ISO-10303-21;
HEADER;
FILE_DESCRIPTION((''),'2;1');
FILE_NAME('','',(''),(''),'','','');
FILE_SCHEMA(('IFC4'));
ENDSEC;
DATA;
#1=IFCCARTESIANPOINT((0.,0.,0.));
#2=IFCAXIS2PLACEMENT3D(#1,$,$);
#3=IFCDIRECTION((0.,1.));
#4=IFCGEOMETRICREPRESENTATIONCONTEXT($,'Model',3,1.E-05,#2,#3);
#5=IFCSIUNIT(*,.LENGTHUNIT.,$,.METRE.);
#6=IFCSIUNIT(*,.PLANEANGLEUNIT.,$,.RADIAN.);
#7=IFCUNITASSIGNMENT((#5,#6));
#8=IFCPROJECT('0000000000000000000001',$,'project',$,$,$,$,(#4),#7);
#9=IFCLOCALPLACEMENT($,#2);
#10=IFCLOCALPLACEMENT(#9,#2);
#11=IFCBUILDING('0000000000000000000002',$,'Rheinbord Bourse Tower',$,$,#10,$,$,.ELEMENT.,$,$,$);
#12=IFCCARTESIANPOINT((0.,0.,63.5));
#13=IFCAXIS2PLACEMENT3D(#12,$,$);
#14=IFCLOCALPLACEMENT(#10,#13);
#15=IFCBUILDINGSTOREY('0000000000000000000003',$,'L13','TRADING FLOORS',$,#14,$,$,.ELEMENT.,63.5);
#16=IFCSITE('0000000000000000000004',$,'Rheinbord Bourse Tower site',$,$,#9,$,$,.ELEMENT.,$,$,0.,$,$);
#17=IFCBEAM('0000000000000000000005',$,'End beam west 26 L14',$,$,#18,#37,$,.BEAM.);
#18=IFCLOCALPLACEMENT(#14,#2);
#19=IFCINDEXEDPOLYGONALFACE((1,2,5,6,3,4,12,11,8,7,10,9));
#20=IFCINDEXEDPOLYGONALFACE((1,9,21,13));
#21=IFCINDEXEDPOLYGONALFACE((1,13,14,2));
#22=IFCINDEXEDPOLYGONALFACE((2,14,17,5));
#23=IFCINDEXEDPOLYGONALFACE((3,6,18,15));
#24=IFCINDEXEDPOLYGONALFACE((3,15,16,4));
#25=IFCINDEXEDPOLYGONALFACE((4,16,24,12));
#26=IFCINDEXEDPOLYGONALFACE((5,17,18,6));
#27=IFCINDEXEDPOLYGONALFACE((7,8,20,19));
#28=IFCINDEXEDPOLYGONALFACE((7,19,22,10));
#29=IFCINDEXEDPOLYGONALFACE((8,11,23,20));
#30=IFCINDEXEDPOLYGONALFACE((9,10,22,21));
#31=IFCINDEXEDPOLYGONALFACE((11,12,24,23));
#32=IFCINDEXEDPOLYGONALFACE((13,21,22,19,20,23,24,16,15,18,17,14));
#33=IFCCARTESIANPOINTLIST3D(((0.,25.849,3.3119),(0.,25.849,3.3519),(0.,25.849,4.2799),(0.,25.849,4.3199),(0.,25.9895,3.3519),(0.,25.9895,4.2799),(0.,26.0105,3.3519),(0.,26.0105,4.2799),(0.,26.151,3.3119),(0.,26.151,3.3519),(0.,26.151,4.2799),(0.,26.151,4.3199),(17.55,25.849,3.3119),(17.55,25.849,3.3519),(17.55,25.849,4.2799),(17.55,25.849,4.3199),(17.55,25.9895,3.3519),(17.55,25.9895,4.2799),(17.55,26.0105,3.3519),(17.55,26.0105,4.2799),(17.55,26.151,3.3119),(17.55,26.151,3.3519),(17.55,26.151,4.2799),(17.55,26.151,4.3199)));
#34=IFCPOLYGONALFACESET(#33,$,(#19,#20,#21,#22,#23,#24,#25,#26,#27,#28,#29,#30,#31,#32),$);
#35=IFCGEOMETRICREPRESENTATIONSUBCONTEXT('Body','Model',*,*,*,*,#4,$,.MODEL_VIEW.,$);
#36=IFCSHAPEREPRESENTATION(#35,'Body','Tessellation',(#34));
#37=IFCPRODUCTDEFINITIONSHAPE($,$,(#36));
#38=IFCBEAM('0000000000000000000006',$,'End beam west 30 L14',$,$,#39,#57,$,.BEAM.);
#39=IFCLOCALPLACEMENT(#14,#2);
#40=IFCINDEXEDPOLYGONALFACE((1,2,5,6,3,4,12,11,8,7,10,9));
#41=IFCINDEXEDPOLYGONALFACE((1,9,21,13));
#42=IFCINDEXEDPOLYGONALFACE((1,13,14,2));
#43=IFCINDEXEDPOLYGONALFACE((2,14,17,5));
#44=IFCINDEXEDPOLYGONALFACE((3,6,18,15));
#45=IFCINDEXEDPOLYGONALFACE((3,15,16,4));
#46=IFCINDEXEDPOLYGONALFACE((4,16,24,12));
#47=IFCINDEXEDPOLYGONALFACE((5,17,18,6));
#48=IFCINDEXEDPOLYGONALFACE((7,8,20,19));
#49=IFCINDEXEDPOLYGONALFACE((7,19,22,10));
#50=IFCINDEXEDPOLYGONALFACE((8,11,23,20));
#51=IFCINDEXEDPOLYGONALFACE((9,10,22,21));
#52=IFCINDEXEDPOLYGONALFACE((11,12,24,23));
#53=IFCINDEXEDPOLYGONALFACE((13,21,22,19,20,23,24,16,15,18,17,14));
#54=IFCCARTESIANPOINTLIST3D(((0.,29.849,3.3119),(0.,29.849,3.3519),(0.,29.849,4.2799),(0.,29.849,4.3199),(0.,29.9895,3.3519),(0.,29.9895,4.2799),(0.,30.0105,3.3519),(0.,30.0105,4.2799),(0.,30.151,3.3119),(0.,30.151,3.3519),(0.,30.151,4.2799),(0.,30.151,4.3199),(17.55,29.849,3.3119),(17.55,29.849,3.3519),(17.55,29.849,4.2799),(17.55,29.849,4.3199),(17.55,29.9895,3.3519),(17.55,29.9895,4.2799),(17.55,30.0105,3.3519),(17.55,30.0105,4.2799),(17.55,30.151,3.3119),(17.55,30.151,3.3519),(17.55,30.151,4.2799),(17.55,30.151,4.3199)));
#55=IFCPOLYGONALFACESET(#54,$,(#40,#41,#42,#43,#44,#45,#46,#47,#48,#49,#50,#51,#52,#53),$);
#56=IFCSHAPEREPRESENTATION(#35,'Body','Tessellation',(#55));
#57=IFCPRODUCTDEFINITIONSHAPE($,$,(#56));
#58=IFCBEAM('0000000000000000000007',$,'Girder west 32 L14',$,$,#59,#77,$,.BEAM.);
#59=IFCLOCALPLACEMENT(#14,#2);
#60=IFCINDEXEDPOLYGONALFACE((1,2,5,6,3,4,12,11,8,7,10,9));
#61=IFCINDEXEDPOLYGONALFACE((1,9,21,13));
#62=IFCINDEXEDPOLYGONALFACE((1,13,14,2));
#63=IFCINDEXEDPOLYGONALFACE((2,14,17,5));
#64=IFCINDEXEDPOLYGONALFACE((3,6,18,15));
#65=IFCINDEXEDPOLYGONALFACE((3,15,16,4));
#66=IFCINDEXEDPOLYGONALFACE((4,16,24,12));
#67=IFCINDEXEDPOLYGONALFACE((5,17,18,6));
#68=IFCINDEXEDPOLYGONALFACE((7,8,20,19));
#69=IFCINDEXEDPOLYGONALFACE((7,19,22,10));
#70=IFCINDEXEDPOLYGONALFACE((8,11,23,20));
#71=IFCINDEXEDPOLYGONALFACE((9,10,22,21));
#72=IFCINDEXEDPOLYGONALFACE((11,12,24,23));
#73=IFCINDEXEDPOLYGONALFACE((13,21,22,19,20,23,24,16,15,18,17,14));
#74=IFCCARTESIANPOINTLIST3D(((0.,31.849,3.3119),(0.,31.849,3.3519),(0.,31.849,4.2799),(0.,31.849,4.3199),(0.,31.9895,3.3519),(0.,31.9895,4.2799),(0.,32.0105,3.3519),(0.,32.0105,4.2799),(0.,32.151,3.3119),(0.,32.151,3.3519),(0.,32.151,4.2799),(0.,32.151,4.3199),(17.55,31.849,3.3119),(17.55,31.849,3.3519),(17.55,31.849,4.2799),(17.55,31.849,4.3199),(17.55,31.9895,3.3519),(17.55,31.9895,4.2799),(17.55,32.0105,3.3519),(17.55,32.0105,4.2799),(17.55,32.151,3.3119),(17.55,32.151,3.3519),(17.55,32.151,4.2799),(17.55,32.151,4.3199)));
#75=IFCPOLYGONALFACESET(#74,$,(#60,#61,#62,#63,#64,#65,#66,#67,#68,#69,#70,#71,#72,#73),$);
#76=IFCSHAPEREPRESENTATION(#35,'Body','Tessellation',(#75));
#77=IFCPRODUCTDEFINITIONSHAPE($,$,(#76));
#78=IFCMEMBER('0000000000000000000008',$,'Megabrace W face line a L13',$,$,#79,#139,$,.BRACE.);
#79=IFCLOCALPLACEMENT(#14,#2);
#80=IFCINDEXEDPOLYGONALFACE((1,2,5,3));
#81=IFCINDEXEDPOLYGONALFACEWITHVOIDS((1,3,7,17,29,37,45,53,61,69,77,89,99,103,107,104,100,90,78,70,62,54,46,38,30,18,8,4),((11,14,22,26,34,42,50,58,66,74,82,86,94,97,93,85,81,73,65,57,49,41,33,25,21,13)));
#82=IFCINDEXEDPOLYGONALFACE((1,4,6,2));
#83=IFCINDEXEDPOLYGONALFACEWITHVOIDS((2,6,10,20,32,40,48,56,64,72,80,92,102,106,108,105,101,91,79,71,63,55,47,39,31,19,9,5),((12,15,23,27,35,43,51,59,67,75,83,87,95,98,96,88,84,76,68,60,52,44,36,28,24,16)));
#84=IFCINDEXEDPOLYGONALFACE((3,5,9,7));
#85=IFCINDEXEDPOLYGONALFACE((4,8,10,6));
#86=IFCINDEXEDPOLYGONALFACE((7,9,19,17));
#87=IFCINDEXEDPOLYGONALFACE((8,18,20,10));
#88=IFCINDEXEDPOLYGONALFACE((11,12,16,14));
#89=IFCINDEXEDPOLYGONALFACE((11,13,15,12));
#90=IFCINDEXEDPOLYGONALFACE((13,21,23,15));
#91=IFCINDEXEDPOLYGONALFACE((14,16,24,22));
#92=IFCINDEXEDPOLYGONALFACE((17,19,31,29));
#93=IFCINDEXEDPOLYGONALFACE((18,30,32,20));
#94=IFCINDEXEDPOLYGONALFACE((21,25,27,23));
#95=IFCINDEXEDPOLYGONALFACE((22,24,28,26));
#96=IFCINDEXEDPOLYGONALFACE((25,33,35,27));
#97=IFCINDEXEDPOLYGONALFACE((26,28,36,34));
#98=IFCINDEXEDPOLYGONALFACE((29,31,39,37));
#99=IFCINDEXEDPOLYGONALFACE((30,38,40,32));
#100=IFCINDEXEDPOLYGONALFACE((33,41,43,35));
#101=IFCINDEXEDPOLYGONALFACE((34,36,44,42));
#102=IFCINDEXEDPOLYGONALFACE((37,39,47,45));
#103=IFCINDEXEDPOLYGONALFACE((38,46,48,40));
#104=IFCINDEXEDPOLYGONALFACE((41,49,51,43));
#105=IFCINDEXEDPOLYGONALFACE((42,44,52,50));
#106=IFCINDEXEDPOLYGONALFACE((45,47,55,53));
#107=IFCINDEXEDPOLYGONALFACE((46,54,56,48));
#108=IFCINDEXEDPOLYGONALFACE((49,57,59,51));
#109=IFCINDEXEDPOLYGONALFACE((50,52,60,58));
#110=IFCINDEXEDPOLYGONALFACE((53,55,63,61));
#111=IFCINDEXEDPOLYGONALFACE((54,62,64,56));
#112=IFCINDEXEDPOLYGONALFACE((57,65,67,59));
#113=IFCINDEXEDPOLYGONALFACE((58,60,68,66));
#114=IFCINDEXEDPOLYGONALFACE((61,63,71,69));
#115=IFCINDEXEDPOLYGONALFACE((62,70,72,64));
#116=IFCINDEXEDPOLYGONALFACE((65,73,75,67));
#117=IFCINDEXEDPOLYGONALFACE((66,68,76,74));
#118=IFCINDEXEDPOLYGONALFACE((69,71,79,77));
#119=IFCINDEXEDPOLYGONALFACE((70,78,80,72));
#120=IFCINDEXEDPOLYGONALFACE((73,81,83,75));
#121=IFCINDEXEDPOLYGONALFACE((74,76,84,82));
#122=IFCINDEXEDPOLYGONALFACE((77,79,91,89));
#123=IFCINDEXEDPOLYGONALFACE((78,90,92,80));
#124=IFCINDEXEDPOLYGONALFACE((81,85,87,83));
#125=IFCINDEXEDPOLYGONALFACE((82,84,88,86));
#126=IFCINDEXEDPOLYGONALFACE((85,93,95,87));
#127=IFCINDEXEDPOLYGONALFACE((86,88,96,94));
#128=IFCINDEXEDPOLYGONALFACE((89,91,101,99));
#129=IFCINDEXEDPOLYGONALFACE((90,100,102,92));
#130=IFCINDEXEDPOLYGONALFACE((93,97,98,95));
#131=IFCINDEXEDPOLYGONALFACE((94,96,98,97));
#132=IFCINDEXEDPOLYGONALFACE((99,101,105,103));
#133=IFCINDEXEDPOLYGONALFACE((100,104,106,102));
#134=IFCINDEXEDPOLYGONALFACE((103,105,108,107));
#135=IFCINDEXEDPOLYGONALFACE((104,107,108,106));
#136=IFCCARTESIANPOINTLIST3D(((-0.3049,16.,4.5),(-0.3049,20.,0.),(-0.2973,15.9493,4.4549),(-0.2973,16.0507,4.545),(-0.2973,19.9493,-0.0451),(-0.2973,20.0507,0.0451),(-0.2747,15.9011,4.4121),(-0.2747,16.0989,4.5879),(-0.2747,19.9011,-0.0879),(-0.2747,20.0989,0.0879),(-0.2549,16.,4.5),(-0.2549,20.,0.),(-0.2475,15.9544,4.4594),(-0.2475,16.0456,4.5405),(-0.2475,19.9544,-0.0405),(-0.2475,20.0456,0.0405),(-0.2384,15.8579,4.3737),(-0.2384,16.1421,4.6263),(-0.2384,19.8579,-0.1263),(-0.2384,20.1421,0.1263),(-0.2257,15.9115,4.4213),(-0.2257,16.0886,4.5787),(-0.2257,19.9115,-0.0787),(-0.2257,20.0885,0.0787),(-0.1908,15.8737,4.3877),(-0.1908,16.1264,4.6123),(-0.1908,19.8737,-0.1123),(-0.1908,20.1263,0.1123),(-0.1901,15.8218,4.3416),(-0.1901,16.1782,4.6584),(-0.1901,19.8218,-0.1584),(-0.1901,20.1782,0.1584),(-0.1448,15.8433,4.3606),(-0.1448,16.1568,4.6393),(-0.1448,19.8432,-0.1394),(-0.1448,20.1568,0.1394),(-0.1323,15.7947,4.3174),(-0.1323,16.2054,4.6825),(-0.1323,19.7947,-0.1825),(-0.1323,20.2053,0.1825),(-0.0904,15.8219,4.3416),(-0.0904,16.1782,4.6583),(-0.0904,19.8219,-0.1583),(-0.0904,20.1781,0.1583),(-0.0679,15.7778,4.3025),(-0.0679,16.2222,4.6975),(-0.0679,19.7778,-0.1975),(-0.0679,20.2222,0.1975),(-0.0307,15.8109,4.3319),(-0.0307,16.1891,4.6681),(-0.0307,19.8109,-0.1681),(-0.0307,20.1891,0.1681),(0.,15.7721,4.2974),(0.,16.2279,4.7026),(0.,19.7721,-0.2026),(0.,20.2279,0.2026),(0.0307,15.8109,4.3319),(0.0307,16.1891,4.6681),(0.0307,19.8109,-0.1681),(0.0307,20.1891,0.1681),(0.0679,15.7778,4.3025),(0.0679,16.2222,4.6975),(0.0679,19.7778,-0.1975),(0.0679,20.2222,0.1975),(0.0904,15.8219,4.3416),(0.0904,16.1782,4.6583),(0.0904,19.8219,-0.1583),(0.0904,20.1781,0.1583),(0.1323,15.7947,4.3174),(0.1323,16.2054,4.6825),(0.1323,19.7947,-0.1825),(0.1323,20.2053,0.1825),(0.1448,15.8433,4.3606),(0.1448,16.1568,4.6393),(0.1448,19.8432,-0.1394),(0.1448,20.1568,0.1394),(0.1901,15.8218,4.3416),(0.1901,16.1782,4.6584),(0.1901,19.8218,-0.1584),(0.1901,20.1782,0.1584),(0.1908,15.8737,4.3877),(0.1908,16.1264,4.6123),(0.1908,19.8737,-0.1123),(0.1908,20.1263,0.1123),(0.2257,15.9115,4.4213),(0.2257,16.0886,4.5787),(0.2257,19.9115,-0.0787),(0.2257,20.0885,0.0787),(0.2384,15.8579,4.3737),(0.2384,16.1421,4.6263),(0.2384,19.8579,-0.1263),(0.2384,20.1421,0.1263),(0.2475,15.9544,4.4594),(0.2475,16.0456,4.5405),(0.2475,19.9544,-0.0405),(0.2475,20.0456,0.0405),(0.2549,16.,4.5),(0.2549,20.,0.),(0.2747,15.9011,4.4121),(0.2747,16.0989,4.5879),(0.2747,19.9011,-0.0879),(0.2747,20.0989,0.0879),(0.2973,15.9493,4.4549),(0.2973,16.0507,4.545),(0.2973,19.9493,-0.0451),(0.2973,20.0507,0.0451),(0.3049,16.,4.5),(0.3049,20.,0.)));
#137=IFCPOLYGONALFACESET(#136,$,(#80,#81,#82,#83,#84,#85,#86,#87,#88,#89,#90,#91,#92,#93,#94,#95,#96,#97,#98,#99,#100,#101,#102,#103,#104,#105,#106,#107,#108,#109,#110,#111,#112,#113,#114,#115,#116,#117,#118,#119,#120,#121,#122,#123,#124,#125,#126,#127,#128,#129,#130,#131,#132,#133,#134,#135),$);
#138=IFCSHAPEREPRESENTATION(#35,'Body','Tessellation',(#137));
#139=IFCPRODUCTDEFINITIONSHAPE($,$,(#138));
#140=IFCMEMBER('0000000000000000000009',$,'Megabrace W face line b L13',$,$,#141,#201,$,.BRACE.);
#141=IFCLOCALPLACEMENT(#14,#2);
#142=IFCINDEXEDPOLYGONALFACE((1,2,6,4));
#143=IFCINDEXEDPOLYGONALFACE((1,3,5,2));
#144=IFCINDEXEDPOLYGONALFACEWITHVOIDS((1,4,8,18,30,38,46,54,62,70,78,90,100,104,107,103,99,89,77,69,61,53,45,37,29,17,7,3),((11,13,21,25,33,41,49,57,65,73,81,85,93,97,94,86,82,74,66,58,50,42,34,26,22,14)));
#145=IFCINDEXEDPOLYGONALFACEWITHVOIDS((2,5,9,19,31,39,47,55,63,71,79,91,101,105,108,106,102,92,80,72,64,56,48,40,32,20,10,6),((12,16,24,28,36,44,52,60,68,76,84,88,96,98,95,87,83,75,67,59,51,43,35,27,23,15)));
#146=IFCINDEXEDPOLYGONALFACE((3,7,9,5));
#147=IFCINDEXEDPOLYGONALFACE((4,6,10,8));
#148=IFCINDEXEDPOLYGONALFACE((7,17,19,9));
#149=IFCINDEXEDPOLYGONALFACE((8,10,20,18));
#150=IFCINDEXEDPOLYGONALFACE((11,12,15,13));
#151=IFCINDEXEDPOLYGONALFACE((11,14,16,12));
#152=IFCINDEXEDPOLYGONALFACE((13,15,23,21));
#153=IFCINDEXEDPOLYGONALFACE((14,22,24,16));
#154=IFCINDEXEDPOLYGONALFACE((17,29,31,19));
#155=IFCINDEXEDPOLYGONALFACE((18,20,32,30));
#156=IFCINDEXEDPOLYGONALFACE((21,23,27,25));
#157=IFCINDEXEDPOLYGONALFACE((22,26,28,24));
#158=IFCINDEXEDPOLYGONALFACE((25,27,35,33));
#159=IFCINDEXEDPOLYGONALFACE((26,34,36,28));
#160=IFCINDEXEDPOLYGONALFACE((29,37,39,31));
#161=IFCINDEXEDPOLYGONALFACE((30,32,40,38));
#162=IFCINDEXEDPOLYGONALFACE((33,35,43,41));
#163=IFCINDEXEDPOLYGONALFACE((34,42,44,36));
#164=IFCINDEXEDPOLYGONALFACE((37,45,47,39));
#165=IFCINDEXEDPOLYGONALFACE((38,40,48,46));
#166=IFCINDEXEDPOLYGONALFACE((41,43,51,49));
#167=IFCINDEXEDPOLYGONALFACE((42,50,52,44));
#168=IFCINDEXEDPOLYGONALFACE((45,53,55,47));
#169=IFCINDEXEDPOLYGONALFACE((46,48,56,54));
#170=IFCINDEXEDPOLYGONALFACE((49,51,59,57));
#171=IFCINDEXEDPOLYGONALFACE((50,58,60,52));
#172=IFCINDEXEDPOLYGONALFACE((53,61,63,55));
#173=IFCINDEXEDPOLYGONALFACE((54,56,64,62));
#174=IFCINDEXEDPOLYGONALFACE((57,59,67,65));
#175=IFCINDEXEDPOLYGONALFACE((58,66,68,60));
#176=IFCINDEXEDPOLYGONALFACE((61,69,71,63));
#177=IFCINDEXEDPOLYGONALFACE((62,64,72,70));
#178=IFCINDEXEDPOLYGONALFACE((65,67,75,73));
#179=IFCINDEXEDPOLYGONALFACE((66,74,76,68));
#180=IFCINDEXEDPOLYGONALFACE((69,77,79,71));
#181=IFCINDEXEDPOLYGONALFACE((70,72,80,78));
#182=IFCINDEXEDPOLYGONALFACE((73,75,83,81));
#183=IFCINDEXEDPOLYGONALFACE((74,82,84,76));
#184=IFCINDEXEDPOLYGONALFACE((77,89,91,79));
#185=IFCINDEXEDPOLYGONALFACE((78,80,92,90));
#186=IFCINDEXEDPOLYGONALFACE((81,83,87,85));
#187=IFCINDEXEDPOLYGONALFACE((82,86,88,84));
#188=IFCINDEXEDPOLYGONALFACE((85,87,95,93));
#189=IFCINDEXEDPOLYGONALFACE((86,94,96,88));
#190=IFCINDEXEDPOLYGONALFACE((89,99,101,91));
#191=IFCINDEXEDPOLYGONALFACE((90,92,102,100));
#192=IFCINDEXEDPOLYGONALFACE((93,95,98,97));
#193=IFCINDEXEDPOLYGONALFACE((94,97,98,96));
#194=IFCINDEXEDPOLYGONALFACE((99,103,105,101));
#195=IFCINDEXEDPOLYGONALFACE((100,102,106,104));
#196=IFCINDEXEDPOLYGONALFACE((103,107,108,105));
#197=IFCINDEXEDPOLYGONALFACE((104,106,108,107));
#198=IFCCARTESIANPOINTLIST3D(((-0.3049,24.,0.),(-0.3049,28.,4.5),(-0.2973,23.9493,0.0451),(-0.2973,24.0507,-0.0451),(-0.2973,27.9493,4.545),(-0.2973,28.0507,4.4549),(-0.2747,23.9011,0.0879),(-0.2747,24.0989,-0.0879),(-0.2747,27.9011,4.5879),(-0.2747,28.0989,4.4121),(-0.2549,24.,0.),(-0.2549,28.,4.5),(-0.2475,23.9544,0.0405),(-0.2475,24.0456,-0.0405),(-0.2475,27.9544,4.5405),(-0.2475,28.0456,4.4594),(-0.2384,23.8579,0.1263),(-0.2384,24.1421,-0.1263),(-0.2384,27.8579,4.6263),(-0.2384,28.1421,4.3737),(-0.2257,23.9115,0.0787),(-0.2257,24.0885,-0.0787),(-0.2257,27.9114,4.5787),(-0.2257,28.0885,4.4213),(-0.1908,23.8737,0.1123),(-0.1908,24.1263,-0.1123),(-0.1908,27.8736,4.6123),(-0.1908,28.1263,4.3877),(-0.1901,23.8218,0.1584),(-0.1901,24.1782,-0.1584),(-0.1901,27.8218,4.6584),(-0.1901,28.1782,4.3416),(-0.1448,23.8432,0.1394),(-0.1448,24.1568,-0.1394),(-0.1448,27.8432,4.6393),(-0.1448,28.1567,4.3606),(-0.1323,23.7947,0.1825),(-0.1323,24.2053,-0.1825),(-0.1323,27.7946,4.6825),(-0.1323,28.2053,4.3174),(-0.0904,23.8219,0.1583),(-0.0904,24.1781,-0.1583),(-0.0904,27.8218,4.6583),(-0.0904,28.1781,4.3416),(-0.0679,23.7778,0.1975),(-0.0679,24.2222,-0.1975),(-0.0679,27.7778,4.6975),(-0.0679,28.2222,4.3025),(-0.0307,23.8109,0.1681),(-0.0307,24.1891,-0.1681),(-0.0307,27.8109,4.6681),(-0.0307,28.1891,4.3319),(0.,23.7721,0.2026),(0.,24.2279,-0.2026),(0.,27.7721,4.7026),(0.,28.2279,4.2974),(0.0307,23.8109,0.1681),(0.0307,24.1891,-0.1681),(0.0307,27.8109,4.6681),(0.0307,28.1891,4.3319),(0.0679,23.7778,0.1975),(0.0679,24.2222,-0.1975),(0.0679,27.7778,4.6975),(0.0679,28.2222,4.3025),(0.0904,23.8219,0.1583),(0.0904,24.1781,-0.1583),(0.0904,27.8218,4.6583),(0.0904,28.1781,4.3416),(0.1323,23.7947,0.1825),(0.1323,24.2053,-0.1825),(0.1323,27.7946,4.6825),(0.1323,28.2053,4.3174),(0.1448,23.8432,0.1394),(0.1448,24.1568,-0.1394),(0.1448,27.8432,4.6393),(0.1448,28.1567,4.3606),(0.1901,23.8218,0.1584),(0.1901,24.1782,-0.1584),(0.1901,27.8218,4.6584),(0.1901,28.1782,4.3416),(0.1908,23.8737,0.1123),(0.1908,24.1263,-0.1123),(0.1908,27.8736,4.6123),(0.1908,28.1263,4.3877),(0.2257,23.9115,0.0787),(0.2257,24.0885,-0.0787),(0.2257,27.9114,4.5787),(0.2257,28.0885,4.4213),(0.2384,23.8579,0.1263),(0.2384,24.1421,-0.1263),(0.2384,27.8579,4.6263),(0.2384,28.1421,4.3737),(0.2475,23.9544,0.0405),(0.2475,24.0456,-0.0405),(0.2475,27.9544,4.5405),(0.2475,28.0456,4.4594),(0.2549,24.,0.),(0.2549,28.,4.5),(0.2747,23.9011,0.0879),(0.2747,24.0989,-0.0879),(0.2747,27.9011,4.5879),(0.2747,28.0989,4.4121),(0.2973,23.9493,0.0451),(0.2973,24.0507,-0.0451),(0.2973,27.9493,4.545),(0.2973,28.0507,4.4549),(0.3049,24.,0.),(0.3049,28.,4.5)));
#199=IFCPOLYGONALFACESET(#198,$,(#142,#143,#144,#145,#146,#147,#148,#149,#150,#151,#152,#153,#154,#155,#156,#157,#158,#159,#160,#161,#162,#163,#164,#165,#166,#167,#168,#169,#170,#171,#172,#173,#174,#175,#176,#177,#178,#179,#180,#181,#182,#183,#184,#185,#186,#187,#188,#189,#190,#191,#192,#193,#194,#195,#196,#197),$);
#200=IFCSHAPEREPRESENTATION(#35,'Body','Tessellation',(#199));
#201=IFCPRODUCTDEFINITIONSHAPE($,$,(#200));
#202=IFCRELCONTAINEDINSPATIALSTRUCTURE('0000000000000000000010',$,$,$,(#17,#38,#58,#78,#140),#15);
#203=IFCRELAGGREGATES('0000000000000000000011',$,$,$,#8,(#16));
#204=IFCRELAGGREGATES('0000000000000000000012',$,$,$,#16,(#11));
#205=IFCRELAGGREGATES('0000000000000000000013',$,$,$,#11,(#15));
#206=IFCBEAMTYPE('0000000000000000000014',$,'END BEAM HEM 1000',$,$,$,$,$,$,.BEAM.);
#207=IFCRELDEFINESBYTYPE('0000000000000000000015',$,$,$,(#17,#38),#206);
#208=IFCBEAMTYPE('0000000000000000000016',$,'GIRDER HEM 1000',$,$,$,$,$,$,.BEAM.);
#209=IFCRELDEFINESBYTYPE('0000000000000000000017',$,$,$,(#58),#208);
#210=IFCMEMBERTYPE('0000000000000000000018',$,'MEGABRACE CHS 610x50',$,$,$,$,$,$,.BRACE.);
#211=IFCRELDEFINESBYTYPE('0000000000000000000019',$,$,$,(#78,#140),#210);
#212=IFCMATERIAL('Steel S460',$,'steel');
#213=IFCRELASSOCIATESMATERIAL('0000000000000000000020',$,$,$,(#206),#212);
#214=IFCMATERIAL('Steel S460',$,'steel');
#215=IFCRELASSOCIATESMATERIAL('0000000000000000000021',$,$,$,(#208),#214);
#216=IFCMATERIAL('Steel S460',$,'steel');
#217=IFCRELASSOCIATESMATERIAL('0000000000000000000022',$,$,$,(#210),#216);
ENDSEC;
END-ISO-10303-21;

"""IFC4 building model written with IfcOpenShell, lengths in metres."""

from ifc_helpers import new_model, si_unit, direction, frame, origin, origin_2d, place, context, subcontext, project, spatial, hollow_circle, i_section, extrude, material, material_profile, profile_set, type_object, element, save


model = new_model("IFC4")

# Units and contexts
model_context = context("Model", 3, precision=1e-05, world=origin(), true_north=direction((0.0, 1.0)))
body_context = subcontext(model_context, "Body", "Model", "MODEL_VIEW")
ifc_project = project(units=[si_unit("LENGTHUNIT", "METRE"), si_unit("PLANEANGLEUNIT", "RADIAN")], contexts=[model_context])

# Site, building, storey
site_placement = place(None, origin())
site = spatial("IfcSite", under=ifc_project, at=site_placement, Name="Rheinbord Bourse Tower site", CompositionType="ELEMENT", RefElevation=0.0)
building_placement = place(site_placement, origin())
building = spatial("IfcBuilding", under=site, at=building_placement, Name="Rheinbord Bourse Tower", CompositionType="ELEMENT")
storey_placement = place(building_placement, frame((0.0, 0.0, 63.5)))
storey = spatial("IfcBuildingStorey", under=building, at=storey_placement, Name="L13", Description="TRADING FLOORS", CompositionType="ELEMENT", Elevation=63.5)

# Beams
ifc_material_1 = material(Name="Steel S460", Category="steel")
ifc_material_profile_1 = material_profile(ifc_material_1, i_section(OverallWidth=0.302, OverallDepth=1.0081, WebThickness=0.021, FlangeThickness=0.04, at=origin_2d()), Name="HEM 1000")
ifc_profile_set_1 = profile_set([ifc_material_profile_1], Name="Steel S460")
beam_type_1 = type_object("IfcBeamType", Name="END BEAM HEM 1000", PredefinedType="BEAM", material=ifc_profile_set_1)
for number, where, z_axis, x_axis, name in (
    (1, (0.0, 26.0, 3.8159), (1.0, 0.0, 0.0), (0.0, 1.0, 0.0), "End beam west 26 L14"),
    (2, (0.0, 30.0, 3.8159), (1.0, 0.0, 0.0), (0.0, 1.0, 0.0), "End beam west 30 L14"),
):
    element("IfcBeam", number, at=place(storey_placement, frame(where, z_axis=z_axis, x_axis=x_axis)), inside=storey, type_object=beam_type_1, Name=name, PredefinedType="BEAM", context=body_context, shape_type="SweptSolid", body=[
        extrude(i_section(OverallWidth=0.302, OverallDepth=1.0081, WebThickness=0.021, FlangeThickness=0.04, at=origin_2d()), origin(), (0.0, 0.0, 1.0), 17.55),
    ])
ifc_material_2 = material(Name="Steel S460", Category="steel")
ifc_material_profile_2 = material_profile(ifc_material_2, i_section(OverallWidth=0.302, OverallDepth=1.0081, WebThickness=0.021, FlangeThickness=0.04, at=origin_2d()), Name="HEM 1000")
ifc_profile_set_2 = profile_set([ifc_material_profile_2], Name="Steel S460")
beam_type_2 = type_object("IfcBeamType", Name="GIRDER HEM 1000", PredefinedType="BEAM", material=ifc_profile_set_2)
beam_placement = place(storey_placement, frame((0.0, 32.0, 3.8159), z_axis=(1.0, 0.0, 0.0), x_axis=(0.0, 1.0, 0.0)))
element("IfcBeam", 3, at=beam_placement, inside=storey, type_object=beam_type_2, Name="Girder west 32 L14", PredefinedType="BEAM", context=body_context, shape_type="SweptSolid", body=[
    extrude(i_section(OverallWidth=0.302, OverallDepth=1.0081, WebThickness=0.021, FlangeThickness=0.04, at=origin_2d()), origin(), (0.0, 0.0, 1.0), 17.55),
])

# Members
ifc_material_3 = material(Name="Steel S460", Category="steel")
ifc_material_profile_3 = material_profile(ifc_material_3, hollow_circle(Radius=0.3049, WallThickness=0.05, at=origin_2d()), Name="CHS 610x50")
ifc_profile_set_3 = profile_set([ifc_material_profile_3], Name="Steel S460")
member_type_1 = type_object("IfcMemberType", Name="MEGABRACE CHS 610x50", PredefinedType="BRACE", material=ifc_profile_set_3)
for number, where, z_axis, x_axis, name in (
    (4, (0.0, 20.0, 0.0), (0.0, -0.664364, 0.747409), (1.0, 0.0, 0.0), "Megabrace W face line a L13"),
    (5, (0.0, 24.0, 0.0), (0.0, 0.664364, 0.747409), (-1.0, 0.0, 0.0), "Megabrace W face line b L13"),
):
    element("IfcMember", number, at=place(storey_placement, frame(where, z_axis=z_axis, x_axis=x_axis)), inside=storey, type_object=member_type_1, Name=name, PredefinedType="BRACE", context=body_context, shape_type="SweptSolid", body=[
        extrude(hollow_circle(Radius=0.3049, WallThickness=0.05, at=origin_2d()), origin(), (0.0, 0.0, 1.0), 6.0208),
    ])

save(model, "model.ifc")
